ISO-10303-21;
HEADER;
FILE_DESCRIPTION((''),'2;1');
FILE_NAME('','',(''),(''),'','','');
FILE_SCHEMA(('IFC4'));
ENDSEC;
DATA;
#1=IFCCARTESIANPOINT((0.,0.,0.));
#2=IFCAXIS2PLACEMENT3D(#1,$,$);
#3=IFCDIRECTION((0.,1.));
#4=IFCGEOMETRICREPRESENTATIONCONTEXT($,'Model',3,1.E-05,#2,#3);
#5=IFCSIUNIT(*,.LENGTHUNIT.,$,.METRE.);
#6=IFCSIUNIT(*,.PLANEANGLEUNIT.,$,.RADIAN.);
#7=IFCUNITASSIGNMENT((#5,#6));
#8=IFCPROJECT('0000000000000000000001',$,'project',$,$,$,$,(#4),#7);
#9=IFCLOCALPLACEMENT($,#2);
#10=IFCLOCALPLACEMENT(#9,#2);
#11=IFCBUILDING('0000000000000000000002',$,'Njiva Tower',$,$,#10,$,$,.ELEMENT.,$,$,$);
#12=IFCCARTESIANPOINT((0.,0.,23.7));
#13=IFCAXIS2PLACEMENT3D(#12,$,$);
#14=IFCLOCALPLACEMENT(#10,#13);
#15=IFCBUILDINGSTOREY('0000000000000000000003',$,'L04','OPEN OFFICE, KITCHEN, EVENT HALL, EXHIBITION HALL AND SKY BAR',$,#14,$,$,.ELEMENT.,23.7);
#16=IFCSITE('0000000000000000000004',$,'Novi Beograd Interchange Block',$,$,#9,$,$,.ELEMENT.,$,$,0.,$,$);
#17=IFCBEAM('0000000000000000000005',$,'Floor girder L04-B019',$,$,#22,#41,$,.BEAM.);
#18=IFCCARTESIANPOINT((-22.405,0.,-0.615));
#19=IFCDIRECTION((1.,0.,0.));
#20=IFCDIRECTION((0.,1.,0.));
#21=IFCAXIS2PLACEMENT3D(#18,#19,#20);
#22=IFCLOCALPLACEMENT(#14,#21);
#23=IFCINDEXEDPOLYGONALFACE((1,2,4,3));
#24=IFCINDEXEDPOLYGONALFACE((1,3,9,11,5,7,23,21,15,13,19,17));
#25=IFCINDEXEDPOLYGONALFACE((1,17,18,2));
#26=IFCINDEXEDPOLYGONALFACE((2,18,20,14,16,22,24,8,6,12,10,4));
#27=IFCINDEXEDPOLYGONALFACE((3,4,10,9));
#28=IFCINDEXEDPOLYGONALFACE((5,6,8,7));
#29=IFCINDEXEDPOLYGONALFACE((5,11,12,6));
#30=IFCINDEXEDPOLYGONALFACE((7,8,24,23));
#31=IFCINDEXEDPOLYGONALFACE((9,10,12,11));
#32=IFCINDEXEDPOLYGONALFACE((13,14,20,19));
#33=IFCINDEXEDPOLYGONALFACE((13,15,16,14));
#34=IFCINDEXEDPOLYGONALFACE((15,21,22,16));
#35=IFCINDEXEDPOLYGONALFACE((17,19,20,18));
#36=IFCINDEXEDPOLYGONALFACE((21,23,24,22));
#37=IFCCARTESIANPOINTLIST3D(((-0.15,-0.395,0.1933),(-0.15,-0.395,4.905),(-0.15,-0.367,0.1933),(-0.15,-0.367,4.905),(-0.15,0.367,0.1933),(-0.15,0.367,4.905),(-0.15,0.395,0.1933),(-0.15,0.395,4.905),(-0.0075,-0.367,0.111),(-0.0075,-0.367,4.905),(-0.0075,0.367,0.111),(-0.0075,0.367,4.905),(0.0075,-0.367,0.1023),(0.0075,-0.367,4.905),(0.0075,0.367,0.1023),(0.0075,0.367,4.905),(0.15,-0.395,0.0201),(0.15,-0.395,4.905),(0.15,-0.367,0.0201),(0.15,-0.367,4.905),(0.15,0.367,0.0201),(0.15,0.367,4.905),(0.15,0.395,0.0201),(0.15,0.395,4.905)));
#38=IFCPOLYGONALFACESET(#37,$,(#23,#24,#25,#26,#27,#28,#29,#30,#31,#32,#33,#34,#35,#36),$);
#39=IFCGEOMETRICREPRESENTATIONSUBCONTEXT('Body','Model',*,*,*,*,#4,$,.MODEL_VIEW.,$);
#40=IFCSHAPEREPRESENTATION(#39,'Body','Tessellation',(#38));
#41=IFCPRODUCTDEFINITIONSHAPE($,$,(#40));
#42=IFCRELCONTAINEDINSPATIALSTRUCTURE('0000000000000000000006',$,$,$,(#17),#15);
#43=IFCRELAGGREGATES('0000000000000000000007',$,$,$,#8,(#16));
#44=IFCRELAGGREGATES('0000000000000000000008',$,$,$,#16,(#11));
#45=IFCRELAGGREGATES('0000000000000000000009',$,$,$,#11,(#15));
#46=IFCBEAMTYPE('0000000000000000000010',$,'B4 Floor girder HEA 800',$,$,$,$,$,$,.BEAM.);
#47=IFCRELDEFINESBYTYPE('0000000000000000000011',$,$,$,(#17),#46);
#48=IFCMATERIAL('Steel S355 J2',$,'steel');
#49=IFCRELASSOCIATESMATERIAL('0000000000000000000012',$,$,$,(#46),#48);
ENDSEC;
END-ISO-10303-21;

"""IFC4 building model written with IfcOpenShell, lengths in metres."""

from ifc_helpers import new_model, si_unit, direction, frame, origin, origin_2d, place, context, subcontext, project, spatial, i_section, extrude, clip, halfspace, material, material_profile, profile_set, type_object, element, save


model = new_model("IFC4")

# Units and contexts
model_context = context("Model", 3, precision=1e-05, world=origin(), true_north=direction((0.0, 1.0)))
body_context = subcontext(model_context, "Body", "Model", "MODEL_VIEW")
ifc_project = project(units=[si_unit("LENGTHUNIT", "METRE"), si_unit("PLANEANGLEUNIT", "RADIAN")], contexts=[model_context])

# Site, building, storey
site_placement = place(None, origin())
site = spatial("IfcSite", under=ifc_project, at=site_placement, Name="Novi Beograd Interchange Block", CompositionType="ELEMENT", RefElevation=0.0)
building_placement = place(site_placement, origin())
building = spatial("IfcBuilding", under=site, at=building_placement, Name="Njiva Tower", CompositionType="ELEMENT")
storey_placement = place(building_placement, frame((0.0, 0.0, 23.7)))
storey = spatial("IfcBuildingStorey", under=building, at=storey_placement, Name="L04", Description="OPEN OFFICE, KITCHEN, EVENT HALL, EXHIBITION HALL AND SKY BAR", CompositionType="ELEMENT", Elevation=23.7)

# Shared definitions
ifc_material_1 = material(Name="Steel S355 J2", Category="steel")

# Beam
ifc_material_profile_1 = material_profile(ifc_material_1, i_section(OverallWidth=0.3, OverallDepth=0.79, WebThickness=0.015, FlangeThickness=0.028, at=origin_2d()), Name="HEA 800")
ifc_profile_set_1 = profile_set([ifc_material_profile_1], Name="Steel S355 J2")
beam_type_1 = type_object("IfcBeamType", Name="B4 Floor girder HEA 800", PredefinedType="BEAM", material=ifc_profile_set_1)
beam_1_placement = place(storey_placement, frame((-22.405, 0.0, -0.615), z_axis=(1.0, 0.0, 0.0), x_axis=(0.0, 1.0, 0.0)))
element("IfcBeam", 1, at=beam_1_placement, inside=storey, type_object=beam_type_1, Name="Floor girder L04-B019", PredefinedType="BEAM", context=body_context, shape_type="Clipping", body=[
    clip(extrude(i_section(OverallWidth=0.3, OverallDepth=0.79, WebThickness=0.015, FlangeThickness=0.028, at=origin_2d()), origin(), (0.0, 0.0, 1.0), 4.905), halfspace(frame((-0.025, 0.0, 0.1211), z_axis=(-0.499998, 0.0, -0.866027), x_axis=(0.0, -1.0, 0.0)), False)),
])

save(model, "model.ifc")
